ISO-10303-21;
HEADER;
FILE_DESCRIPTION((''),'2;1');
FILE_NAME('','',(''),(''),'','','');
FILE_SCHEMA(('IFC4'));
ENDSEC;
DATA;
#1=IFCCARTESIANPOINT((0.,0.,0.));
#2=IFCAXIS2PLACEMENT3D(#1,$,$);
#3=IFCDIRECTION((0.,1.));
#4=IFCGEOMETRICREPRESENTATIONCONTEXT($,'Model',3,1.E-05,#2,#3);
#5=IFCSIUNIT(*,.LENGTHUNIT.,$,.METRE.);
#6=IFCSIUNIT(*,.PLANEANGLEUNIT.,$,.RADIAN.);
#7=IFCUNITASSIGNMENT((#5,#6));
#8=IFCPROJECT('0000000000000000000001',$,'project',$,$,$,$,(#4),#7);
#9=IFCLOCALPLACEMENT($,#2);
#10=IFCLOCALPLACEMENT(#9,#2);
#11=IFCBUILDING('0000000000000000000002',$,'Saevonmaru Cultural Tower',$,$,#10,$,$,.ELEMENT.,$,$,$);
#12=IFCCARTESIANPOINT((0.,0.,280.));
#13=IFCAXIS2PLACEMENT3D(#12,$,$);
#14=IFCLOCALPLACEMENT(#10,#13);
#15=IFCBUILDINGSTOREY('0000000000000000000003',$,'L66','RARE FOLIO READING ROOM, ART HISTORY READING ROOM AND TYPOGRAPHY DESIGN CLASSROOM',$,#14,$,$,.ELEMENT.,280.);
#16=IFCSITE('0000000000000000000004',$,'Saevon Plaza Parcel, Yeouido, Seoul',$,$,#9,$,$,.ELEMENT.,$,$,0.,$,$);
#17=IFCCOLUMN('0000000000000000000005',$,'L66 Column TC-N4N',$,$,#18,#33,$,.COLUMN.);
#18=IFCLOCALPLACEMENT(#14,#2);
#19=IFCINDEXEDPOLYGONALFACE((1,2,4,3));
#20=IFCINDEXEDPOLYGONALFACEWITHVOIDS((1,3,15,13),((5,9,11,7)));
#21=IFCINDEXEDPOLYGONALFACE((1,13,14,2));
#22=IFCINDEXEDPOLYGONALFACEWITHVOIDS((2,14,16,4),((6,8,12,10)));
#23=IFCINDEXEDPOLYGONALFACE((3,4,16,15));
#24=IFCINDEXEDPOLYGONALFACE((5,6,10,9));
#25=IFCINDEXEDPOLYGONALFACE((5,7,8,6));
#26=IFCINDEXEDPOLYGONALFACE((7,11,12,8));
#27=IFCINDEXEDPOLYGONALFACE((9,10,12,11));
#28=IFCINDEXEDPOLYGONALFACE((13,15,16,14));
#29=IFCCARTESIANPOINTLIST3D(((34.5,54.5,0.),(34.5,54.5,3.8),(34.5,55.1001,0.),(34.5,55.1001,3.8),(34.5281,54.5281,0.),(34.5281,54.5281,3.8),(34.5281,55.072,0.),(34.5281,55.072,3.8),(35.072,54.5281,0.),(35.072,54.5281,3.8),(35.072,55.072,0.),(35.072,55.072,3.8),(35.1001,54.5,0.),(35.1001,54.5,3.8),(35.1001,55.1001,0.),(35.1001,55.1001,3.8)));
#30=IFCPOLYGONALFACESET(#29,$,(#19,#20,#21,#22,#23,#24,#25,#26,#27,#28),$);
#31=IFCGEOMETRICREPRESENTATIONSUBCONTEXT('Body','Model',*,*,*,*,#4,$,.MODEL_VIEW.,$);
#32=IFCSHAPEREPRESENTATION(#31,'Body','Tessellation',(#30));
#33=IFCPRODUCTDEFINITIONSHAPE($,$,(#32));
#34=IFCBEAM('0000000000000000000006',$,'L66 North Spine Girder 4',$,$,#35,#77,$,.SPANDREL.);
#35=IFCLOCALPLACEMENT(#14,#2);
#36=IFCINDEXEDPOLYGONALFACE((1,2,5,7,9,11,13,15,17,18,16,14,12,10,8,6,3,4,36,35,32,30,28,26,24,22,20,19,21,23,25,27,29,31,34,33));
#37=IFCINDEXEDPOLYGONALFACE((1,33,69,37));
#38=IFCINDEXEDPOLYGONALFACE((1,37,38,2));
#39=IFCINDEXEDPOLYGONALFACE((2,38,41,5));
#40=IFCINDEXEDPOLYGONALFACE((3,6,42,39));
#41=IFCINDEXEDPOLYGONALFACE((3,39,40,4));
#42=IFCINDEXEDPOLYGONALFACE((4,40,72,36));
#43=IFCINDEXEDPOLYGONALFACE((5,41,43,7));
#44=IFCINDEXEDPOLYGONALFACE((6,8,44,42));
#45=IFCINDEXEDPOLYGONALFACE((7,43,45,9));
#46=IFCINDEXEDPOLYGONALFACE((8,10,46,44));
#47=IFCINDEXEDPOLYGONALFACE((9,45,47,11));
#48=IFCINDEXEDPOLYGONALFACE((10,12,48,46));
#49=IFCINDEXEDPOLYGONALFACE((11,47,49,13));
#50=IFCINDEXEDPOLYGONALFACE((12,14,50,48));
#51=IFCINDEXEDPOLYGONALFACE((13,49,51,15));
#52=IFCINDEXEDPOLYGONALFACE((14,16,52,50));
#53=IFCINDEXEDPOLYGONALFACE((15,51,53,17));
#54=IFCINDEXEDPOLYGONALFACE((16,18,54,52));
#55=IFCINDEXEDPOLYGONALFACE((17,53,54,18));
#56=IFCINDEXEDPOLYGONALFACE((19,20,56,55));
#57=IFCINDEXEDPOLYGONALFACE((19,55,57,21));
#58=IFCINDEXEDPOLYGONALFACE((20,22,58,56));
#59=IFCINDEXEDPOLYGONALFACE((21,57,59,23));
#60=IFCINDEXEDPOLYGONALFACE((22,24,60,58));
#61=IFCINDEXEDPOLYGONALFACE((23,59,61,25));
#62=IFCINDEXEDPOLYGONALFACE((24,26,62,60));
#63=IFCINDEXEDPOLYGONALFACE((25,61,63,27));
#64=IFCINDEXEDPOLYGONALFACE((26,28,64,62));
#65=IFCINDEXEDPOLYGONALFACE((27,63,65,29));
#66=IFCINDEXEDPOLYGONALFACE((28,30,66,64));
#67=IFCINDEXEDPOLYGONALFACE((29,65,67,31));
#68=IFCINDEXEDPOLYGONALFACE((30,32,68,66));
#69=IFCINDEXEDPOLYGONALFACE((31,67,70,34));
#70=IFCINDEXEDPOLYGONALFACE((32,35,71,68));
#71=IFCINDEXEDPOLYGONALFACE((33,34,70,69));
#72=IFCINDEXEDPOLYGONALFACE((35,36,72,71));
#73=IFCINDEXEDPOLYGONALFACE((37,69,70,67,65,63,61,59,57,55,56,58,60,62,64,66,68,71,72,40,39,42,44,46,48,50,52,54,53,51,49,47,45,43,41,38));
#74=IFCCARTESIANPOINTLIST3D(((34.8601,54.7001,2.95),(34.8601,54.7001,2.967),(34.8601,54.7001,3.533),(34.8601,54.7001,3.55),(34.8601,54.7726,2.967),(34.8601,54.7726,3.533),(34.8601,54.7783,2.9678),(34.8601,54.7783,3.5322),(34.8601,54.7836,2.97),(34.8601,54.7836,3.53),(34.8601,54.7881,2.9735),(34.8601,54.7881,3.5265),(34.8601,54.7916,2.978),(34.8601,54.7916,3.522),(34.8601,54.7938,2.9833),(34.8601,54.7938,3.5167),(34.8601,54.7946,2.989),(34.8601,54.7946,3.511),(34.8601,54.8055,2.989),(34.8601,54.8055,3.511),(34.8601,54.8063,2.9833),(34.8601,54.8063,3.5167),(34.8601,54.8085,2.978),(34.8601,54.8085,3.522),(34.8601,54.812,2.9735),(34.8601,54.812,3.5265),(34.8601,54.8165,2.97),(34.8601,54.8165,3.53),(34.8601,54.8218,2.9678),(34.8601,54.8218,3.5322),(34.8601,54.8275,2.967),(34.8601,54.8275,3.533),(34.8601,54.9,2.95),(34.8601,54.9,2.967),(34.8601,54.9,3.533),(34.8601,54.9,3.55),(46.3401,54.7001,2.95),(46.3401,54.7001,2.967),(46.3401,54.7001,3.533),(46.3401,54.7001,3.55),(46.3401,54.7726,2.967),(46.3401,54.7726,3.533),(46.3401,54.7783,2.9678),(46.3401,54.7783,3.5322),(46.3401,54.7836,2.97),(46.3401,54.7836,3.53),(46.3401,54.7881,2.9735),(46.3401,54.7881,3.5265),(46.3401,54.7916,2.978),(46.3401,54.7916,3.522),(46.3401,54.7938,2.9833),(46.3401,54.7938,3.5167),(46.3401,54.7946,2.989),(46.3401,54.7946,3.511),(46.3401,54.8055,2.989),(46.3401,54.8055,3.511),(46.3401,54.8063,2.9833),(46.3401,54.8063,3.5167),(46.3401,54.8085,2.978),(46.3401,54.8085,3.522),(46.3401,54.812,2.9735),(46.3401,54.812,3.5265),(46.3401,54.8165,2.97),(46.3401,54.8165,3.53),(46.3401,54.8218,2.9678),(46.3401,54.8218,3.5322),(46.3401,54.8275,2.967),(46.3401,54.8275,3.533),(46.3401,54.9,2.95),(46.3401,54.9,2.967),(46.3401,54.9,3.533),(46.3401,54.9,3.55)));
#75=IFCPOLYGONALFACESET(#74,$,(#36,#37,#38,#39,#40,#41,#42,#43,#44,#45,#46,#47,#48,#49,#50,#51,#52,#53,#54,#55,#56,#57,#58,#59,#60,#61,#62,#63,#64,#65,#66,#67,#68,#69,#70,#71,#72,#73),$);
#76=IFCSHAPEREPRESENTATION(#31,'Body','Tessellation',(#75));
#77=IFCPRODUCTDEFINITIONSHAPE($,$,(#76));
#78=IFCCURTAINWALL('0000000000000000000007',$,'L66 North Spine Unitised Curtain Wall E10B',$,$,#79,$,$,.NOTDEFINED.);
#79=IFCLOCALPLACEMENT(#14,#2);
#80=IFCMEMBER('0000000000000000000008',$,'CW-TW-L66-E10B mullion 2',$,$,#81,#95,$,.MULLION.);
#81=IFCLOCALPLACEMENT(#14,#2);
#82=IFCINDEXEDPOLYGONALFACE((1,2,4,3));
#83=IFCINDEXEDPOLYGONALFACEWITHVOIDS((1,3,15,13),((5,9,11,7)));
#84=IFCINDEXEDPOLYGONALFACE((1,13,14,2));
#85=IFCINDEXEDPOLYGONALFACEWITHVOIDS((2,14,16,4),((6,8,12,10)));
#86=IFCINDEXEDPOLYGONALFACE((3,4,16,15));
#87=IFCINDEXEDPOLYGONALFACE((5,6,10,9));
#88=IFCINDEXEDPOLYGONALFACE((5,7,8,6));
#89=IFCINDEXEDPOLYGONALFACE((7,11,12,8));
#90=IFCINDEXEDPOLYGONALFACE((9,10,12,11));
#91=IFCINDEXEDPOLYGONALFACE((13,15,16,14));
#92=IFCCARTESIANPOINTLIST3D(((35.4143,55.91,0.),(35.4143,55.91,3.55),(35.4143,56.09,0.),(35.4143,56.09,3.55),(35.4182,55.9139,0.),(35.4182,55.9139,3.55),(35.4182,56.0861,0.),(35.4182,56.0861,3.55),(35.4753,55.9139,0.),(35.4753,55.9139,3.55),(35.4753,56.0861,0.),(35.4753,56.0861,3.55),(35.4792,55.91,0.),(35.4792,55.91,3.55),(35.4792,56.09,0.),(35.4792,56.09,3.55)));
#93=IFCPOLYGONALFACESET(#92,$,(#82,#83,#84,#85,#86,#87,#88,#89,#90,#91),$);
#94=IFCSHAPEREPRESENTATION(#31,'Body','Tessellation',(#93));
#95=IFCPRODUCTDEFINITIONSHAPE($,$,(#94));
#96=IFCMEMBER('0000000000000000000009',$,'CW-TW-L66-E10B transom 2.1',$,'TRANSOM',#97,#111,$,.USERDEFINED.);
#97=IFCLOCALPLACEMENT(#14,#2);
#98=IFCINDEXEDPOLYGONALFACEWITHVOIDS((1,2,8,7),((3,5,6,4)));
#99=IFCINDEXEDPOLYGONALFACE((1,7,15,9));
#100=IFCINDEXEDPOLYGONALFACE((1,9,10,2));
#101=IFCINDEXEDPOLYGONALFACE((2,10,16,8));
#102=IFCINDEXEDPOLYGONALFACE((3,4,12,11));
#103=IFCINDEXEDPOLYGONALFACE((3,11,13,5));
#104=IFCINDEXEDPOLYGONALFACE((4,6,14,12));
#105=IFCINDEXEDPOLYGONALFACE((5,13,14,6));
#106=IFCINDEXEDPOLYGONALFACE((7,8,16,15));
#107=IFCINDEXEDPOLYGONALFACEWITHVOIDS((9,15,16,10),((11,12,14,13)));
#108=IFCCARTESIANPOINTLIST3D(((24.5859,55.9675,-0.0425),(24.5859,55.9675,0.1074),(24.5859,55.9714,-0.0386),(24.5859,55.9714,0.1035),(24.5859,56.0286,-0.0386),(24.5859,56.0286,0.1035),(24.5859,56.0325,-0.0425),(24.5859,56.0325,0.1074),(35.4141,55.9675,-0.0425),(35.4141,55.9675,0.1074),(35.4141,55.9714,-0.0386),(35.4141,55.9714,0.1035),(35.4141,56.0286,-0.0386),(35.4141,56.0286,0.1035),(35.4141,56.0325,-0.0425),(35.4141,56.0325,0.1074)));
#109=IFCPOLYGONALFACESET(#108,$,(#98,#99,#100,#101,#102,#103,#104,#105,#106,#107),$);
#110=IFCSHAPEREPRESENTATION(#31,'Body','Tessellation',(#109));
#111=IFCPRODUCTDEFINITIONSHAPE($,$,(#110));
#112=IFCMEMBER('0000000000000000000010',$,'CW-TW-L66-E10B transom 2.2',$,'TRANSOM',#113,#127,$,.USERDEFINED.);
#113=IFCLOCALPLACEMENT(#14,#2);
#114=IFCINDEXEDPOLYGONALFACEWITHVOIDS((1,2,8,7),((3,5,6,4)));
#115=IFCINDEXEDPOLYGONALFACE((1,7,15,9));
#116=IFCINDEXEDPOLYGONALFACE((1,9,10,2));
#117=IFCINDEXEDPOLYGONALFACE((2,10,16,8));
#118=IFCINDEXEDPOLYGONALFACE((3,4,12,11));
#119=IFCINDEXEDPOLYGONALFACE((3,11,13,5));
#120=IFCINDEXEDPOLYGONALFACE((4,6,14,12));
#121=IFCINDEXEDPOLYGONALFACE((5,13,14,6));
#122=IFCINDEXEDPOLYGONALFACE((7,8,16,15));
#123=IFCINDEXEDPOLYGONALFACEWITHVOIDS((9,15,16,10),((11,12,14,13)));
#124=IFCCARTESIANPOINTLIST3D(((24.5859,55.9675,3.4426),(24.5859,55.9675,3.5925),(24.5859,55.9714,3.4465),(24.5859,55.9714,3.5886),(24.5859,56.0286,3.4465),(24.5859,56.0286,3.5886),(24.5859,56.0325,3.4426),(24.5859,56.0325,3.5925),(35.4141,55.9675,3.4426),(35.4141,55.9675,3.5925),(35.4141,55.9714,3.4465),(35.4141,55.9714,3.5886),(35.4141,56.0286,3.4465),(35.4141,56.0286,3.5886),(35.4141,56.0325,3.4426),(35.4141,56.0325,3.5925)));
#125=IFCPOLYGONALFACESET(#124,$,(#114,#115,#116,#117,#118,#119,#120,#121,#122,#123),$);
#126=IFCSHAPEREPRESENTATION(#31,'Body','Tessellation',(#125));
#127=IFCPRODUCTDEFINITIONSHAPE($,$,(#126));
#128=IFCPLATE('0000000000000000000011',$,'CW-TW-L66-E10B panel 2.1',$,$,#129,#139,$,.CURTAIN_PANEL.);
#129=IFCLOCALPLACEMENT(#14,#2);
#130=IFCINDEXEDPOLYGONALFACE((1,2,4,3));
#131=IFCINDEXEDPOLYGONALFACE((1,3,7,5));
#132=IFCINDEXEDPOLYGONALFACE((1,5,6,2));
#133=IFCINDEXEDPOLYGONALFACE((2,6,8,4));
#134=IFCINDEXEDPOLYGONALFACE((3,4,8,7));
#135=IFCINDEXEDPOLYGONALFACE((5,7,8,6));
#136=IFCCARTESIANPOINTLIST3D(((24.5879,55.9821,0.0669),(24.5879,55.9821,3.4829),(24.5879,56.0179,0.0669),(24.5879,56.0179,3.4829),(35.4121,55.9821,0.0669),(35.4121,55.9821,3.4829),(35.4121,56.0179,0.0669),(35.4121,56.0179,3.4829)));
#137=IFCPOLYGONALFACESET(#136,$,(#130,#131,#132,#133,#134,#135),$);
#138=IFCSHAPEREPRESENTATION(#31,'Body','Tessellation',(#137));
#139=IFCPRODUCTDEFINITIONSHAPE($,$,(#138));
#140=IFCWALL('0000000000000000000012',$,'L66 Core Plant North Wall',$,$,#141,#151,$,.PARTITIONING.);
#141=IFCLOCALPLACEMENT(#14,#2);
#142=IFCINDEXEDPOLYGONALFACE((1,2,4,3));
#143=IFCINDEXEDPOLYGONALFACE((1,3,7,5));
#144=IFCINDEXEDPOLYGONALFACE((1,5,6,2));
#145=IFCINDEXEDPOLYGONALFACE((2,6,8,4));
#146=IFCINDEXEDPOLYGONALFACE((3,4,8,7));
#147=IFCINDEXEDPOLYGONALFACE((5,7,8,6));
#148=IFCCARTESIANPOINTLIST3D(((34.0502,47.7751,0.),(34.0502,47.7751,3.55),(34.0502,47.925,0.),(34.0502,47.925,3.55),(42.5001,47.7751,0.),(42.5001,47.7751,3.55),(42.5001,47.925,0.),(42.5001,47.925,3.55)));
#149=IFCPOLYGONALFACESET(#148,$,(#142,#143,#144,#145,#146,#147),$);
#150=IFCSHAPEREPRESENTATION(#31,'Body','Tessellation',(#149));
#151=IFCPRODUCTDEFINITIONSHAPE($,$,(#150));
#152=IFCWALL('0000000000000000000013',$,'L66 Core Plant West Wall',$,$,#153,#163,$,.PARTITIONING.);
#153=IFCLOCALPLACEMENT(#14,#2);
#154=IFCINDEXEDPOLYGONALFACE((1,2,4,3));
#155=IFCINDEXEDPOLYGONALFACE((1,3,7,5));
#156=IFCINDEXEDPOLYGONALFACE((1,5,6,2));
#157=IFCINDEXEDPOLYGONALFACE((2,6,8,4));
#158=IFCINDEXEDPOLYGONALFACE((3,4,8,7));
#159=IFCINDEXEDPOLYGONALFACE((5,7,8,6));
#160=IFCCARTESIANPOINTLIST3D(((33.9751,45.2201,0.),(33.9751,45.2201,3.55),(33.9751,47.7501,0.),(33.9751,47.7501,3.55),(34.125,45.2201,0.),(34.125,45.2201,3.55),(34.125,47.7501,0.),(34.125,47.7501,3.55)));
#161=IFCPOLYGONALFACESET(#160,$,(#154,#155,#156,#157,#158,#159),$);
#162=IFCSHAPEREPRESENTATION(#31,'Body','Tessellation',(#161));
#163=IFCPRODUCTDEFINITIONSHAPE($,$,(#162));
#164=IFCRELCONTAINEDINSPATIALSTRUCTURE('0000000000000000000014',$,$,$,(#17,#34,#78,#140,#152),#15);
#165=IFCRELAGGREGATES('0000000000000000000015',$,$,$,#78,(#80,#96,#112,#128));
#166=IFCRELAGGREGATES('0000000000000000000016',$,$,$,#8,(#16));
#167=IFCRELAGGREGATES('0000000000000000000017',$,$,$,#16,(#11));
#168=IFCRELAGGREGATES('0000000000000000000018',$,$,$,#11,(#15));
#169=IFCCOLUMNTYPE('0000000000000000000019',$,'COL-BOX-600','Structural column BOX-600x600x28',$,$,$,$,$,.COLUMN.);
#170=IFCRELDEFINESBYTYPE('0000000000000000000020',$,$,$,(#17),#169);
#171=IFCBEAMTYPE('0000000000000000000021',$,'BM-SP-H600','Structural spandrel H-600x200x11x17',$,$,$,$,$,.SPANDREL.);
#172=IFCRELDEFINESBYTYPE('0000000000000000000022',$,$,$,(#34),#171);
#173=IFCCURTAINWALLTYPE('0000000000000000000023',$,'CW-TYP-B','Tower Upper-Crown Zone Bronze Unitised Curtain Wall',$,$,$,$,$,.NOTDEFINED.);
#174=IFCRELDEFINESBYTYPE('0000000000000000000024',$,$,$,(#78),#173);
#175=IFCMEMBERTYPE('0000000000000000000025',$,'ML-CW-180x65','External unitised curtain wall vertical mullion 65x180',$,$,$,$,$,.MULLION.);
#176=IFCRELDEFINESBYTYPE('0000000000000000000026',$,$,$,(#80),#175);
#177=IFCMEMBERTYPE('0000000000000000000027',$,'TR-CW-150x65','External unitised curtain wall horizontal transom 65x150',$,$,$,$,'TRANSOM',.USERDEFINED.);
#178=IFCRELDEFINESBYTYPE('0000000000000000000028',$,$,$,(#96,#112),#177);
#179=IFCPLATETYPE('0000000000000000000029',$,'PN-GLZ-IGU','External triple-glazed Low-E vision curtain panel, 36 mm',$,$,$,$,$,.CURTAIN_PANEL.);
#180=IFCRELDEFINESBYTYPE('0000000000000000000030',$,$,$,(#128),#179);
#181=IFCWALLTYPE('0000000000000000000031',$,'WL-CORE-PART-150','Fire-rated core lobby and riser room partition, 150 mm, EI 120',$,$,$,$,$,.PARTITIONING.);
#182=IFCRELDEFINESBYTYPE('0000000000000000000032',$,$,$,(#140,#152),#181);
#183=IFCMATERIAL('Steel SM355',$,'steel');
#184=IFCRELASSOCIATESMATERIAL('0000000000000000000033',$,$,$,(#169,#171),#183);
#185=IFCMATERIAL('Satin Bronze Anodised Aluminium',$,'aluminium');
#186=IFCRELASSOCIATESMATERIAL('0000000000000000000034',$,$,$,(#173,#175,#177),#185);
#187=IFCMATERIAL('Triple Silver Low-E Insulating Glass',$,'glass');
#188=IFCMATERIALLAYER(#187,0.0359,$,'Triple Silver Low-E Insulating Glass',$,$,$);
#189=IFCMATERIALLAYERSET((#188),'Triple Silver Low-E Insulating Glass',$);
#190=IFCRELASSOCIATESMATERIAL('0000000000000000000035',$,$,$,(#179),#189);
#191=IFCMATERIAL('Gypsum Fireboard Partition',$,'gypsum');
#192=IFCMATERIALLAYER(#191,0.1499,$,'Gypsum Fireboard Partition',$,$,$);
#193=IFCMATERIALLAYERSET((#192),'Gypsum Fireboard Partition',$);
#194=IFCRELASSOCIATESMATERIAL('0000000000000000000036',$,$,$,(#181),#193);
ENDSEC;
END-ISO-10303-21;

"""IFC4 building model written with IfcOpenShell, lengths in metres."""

from ifc_helpers import new_model, si_unit, direction, frame, frame_2d, origin, origin_2d, place, context, subcontext, project, spatial, rectangle, hollow_rectangle, i_section, extrude, material, layer, layer_set, material_profile, profile_set, type_object, element, aggregate, save


model = new_model("IFC4")

# Units and contexts
model_context = context("Model", 3, precision=1e-05, world=origin(), true_north=direction((0.0, 1.0)))
body_context = subcontext(model_context, "Body", "Model", "MODEL_VIEW")
ifc_project = project(units=[si_unit("LENGTHUNIT", "METRE"), si_unit("PLANEANGLEUNIT", "RADIAN")], contexts=[model_context])

# Site, building, storey
site_placement = place(None, origin())
site = spatial("IfcSite", under=ifc_project, at=site_placement, Name="Saevon Plaza Parcel, Yeouido, Seoul", CompositionType="ELEMENT", RefElevation=0.0)
building_placement = place(site_placement, origin())
building = spatial("IfcBuilding", under=site, at=building_placement, Name="Saevonmaru Cultural Tower", CompositionType="ELEMENT")
storey_placement = place(building_placement, frame((0.0, 0.0, 280.0)))
storey = spatial("IfcBuildingStorey", under=building, at=storey_placement, Name="L66", Description="RARE FOLIO READING ROOM, ART HISTORY READING ROOM AND TYPOGRAPHY DESIGN CLASSROOM", CompositionType="ELEMENT", Elevation=280.0)

# Column
ifc_material_1 = material(Name="Steel SM355", Category="steel")
ifc_material_profile_1 = material_profile(ifc_material_1, hollow_rectangle(XDim=0.6001, YDim=0.6001, WallThickness=0.0281, at=origin_2d()), Name="BOX-600x600x28")
ifc_profile_set_1 = profile_set([ifc_material_profile_1], Name="Steel SM355")
column_type = type_object("IfcColumnType", Name="COL-BOX-600", Description="Structural column BOX-600x600x28", PredefinedType="COLUMN", material=ifc_profile_set_1)
column_placement = place(storey_placement, frame((34.8, 54.8, 0.0), z_axis=(0.0, 0.0, 1.0), x_axis=(1.0, 0.0, 0.0)))
element("IfcColumn", 1, at=column_placement, inside=storey, type_object=column_type, Name="L66 Column TC-N4N", PredefinedType="COLUMN", context=body_context, shape_type="SweptSolid", body=[
    extrude(hollow_rectangle(XDim=0.6001, YDim=0.6001, WallThickness=0.0281, at=origin_2d()), origin(), (0.0, 0.0, 1.0), 3.8),
])

# Beam
ifc_material_profile_2 = material_profile(ifc_material_1, i_section(OverallWidth=0.2, OverallDepth=0.6001, WebThickness=0.011, FlangeThickness=0.0171, FilletRadius=0.022, at=origin_2d()), Name="H-600x200x11x17")
ifc_profile_set_2 = profile_set([ifc_material_profile_2], Name="Steel SM355")
beam_type = type_object("IfcBeamType", Name="BM-SP-H600", Description="Structural spandrel H-600x200x11x17", PredefinedType="SPANDREL", material=ifc_profile_set_2)
beam_placement = place(storey_placement, frame((34.8601, 54.8, 3.25), z_axis=(1.0, 0.0, 0.0), x_axis=(0.0, 1.0, 0.0)))
element("IfcBeam", 2, at=beam_placement, inside=storey, type_object=beam_type, Name="L66 North Spine Girder 4", PredefinedType="SPANDREL", context=body_context, shape_type="SweptSolid", body=[
    extrude(i_section(OverallWidth=0.2, OverallDepth=0.6001, WebThickness=0.011, FlangeThickness=0.0171, FilletRadius=0.022, at=origin_2d()), origin(), (0.0, 0.0, 1.0), 11.48),
])

# Curtain wall, members, plate
ifc_material_2 = material(Name="Satin Bronze Anodised Aluminium", Category="aluminium")
curtain_wall_type = type_object("IfcCurtainWallType", Name="CW-TYP-B", Description="Tower Upper-Crown Zone Bronze Unitised Curtain Wall", PredefinedType="NOTDEFINED", material=ifc_material_2)
curtain_wall_placement = place(storey_placement, origin())
curtain_wall = element("IfcCurtainWall", 3, at=curtain_wall_placement, inside=storey, type_object=curtain_wall_type, Name="L66 North Spine Unitised Curtain Wall E10B", PredefinedType="NOTDEFINED")
ifc_material_profile_3 = material_profile(ifc_material_2, hollow_rectangle(XDim=0.0649, YDim=0.1799, WallThickness=0.0039, at=origin_2d()), Name="ALU-MULL-180x65x4")
ifc_profile_set_3 = profile_set([ifc_material_profile_3], Name="Satin Bronze Anodised Aluminium")
member_type_1 = type_object("IfcMemberType", Name="ML-CW-180x65", Description="External unitised curtain wall vertical mullion 65x180", PredefinedType="MULLION", material=ifc_profile_set_3)
member_1_placement = place(storey_placement, frame((35.4468, 56.0, 0.0), z_axis=(0.0, 0.0, 1.0), x_axis=(-1.0, 0.0, 0.0)))
member_1 = element("IfcMember", 4, at=member_1_placement, type_object=member_type_1, Name="CW-TW-L66-E10B mullion 2", PredefinedType="MULLION", context=body_context, shape_type="SweptSolid", body=[
    extrude(hollow_rectangle(XDim=0.0649, YDim=0.1799, WallThickness=0.0039, at=origin_2d()), origin(), (0.0, 0.0, 1.0), 3.55),
])
ifc_material_profile_4 = material_profile(ifc_material_2, hollow_rectangle(XDim=0.0649, YDim=0.1499, WallThickness=0.0039, at=origin_2d()), Name="ALU-TRAN-150x65x4")
ifc_profile_set_4 = profile_set([ifc_material_profile_4], Name="Satin Bronze Anodised Aluminium")
member_type_2 = type_object("IfcMemberType", Name="TR-CW-150x65", Description="External unitised curtain wall horizontal transom 65x150", ElementType="TRANSOM", PredefinedType="USERDEFINED", material=ifc_profile_set_4)
member_2_placement = place(storey_placement, frame((35.4141, 56.0, 0.0325), z_axis=(-1.0, 0.0, 0.0), x_axis=(0.0, -1.0, 0.0)))
member_2 = element("IfcMember", 5, at=member_2_placement, type_object=member_type_2, Name="CW-TW-L66-E10B transom 2.1", ObjectType="TRANSOM", PredefinedType="USERDEFINED", context=body_context, shape_type="SweptSolid", body=[
    extrude(hollow_rectangle(XDim=0.0649, YDim=0.1499, WallThickness=0.0039, at=origin_2d()), origin(), (0.0, 0.0, 1.0), 10.8281),
])
member_3_placement = place(storey_placement, frame((35.4141, 56.0, 3.5176), z_axis=(-1.0, 0.0, 0.0), x_axis=(0.0, -1.0, 0.0)))
member_3 = element("IfcMember", 6, at=member_3_placement, type_object=member_type_2, Name="CW-TW-L66-E10B transom 2.2", ObjectType="TRANSOM", PredefinedType="USERDEFINED", context=body_context, shape_type="SweptSolid", body=[
    extrude(hollow_rectangle(XDim=0.0649, YDim=0.1499, WallThickness=0.0039, at=origin_2d()), origin(), (0.0, 0.0, 1.0), 10.8281),
])
ifc_material_3 = material(Name="Triple Silver Low-E Insulating Glass", Category="glass")
ifc_layer_1 = layer(ifc_material_3, 0.0359, Name="Triple Silver Low-E Insulating Glass")
ifc_layer_set_1 = layer_set([ifc_layer_1], Name="Triple Silver Low-E Insulating Glass")
plate_type = type_object("IfcPlateType", Name="PN-GLZ-IGU", Description="External triple-glazed Low-E vision curtain panel, 36 mm", PredefinedType="CURTAIN_PANEL", material=ifc_layer_set_1)
plate_placement = place(storey_placement, frame((30.0, 56.0, 0.0669), z_axis=(0.0, 0.0, 1.0), x_axis=(-1.0, 0.0, 0.0)))
plate = element("IfcPlate", 7, at=plate_placement, type_object=plate_type, Name="CW-TW-L66-E10B panel 2.1", PredefinedType="CURTAIN_PANEL", context=body_context, shape_type="SweptSolid", body=[
    extrude(rectangle(XDim=10.8242, YDim=0.0359, at=origin_2d()), origin(), (0.0, 0.0, 1.0), 3.416),
])
aggregate(curtain_wall, [member_1, member_2, member_3, plate])

# Shared definitions
ifc_material_4 = material(Name="Gypsum Fireboard Partition", Category="gypsum")
ifc_layer_2 = layer(ifc_material_4, 0.1499, Name="Gypsum Fireboard Partition")
ifc_layer_set_2 = layer_set([ifc_layer_2], Name="Gypsum Fireboard Partition")
wall_type_1 = type_object("IfcWallType", Name="WL-CORE-PART-150", Description="Fire-rated core lobby and riser room partition, 150 mm, EI 120", PredefinedType="PARTITIONING", material=ifc_layer_set_2)

# Walls
wall_1_placement = place(storey_placement, frame((34.05, 47.8501, 0.0), z_axis=(0.0, 0.0, 1.0), x_axis=(1.0, 0.0, 0.0)))
element("IfcWall", 8, at=wall_1_placement, inside=storey, type_object=wall_type_1, Name="L66 Core Plant North Wall", PredefinedType="PARTITIONING", context=body_context, shape_type="SweptSolid", body=[
    extrude(rectangle(XDim=8.45, YDim=0.1499, at=frame_2d((4.2251, 0.0))), origin(), (0.0, 0.0, 1.0), 3.55),
])
wall_2_placement = place(storey_placement, frame((34.05, 45.22, 0.0), z_axis=(0.0, 0.0, 1.0), x_axis=(0.0, 1.0, 0.0)))
element("IfcWall", 9, at=wall_2_placement, inside=storey, type_object=wall_type_1, Name="L66 Core Plant West Wall", PredefinedType="PARTITIONING", context=body_context, shape_type="SweptSolid", body=[
    extrude(rectangle(XDim=2.53, YDim=0.1499, at=frame_2d((1.2651, 0.0))), origin(), (0.0, 0.0, 1.0), 3.55),
])

save(model, "model.ifc")
